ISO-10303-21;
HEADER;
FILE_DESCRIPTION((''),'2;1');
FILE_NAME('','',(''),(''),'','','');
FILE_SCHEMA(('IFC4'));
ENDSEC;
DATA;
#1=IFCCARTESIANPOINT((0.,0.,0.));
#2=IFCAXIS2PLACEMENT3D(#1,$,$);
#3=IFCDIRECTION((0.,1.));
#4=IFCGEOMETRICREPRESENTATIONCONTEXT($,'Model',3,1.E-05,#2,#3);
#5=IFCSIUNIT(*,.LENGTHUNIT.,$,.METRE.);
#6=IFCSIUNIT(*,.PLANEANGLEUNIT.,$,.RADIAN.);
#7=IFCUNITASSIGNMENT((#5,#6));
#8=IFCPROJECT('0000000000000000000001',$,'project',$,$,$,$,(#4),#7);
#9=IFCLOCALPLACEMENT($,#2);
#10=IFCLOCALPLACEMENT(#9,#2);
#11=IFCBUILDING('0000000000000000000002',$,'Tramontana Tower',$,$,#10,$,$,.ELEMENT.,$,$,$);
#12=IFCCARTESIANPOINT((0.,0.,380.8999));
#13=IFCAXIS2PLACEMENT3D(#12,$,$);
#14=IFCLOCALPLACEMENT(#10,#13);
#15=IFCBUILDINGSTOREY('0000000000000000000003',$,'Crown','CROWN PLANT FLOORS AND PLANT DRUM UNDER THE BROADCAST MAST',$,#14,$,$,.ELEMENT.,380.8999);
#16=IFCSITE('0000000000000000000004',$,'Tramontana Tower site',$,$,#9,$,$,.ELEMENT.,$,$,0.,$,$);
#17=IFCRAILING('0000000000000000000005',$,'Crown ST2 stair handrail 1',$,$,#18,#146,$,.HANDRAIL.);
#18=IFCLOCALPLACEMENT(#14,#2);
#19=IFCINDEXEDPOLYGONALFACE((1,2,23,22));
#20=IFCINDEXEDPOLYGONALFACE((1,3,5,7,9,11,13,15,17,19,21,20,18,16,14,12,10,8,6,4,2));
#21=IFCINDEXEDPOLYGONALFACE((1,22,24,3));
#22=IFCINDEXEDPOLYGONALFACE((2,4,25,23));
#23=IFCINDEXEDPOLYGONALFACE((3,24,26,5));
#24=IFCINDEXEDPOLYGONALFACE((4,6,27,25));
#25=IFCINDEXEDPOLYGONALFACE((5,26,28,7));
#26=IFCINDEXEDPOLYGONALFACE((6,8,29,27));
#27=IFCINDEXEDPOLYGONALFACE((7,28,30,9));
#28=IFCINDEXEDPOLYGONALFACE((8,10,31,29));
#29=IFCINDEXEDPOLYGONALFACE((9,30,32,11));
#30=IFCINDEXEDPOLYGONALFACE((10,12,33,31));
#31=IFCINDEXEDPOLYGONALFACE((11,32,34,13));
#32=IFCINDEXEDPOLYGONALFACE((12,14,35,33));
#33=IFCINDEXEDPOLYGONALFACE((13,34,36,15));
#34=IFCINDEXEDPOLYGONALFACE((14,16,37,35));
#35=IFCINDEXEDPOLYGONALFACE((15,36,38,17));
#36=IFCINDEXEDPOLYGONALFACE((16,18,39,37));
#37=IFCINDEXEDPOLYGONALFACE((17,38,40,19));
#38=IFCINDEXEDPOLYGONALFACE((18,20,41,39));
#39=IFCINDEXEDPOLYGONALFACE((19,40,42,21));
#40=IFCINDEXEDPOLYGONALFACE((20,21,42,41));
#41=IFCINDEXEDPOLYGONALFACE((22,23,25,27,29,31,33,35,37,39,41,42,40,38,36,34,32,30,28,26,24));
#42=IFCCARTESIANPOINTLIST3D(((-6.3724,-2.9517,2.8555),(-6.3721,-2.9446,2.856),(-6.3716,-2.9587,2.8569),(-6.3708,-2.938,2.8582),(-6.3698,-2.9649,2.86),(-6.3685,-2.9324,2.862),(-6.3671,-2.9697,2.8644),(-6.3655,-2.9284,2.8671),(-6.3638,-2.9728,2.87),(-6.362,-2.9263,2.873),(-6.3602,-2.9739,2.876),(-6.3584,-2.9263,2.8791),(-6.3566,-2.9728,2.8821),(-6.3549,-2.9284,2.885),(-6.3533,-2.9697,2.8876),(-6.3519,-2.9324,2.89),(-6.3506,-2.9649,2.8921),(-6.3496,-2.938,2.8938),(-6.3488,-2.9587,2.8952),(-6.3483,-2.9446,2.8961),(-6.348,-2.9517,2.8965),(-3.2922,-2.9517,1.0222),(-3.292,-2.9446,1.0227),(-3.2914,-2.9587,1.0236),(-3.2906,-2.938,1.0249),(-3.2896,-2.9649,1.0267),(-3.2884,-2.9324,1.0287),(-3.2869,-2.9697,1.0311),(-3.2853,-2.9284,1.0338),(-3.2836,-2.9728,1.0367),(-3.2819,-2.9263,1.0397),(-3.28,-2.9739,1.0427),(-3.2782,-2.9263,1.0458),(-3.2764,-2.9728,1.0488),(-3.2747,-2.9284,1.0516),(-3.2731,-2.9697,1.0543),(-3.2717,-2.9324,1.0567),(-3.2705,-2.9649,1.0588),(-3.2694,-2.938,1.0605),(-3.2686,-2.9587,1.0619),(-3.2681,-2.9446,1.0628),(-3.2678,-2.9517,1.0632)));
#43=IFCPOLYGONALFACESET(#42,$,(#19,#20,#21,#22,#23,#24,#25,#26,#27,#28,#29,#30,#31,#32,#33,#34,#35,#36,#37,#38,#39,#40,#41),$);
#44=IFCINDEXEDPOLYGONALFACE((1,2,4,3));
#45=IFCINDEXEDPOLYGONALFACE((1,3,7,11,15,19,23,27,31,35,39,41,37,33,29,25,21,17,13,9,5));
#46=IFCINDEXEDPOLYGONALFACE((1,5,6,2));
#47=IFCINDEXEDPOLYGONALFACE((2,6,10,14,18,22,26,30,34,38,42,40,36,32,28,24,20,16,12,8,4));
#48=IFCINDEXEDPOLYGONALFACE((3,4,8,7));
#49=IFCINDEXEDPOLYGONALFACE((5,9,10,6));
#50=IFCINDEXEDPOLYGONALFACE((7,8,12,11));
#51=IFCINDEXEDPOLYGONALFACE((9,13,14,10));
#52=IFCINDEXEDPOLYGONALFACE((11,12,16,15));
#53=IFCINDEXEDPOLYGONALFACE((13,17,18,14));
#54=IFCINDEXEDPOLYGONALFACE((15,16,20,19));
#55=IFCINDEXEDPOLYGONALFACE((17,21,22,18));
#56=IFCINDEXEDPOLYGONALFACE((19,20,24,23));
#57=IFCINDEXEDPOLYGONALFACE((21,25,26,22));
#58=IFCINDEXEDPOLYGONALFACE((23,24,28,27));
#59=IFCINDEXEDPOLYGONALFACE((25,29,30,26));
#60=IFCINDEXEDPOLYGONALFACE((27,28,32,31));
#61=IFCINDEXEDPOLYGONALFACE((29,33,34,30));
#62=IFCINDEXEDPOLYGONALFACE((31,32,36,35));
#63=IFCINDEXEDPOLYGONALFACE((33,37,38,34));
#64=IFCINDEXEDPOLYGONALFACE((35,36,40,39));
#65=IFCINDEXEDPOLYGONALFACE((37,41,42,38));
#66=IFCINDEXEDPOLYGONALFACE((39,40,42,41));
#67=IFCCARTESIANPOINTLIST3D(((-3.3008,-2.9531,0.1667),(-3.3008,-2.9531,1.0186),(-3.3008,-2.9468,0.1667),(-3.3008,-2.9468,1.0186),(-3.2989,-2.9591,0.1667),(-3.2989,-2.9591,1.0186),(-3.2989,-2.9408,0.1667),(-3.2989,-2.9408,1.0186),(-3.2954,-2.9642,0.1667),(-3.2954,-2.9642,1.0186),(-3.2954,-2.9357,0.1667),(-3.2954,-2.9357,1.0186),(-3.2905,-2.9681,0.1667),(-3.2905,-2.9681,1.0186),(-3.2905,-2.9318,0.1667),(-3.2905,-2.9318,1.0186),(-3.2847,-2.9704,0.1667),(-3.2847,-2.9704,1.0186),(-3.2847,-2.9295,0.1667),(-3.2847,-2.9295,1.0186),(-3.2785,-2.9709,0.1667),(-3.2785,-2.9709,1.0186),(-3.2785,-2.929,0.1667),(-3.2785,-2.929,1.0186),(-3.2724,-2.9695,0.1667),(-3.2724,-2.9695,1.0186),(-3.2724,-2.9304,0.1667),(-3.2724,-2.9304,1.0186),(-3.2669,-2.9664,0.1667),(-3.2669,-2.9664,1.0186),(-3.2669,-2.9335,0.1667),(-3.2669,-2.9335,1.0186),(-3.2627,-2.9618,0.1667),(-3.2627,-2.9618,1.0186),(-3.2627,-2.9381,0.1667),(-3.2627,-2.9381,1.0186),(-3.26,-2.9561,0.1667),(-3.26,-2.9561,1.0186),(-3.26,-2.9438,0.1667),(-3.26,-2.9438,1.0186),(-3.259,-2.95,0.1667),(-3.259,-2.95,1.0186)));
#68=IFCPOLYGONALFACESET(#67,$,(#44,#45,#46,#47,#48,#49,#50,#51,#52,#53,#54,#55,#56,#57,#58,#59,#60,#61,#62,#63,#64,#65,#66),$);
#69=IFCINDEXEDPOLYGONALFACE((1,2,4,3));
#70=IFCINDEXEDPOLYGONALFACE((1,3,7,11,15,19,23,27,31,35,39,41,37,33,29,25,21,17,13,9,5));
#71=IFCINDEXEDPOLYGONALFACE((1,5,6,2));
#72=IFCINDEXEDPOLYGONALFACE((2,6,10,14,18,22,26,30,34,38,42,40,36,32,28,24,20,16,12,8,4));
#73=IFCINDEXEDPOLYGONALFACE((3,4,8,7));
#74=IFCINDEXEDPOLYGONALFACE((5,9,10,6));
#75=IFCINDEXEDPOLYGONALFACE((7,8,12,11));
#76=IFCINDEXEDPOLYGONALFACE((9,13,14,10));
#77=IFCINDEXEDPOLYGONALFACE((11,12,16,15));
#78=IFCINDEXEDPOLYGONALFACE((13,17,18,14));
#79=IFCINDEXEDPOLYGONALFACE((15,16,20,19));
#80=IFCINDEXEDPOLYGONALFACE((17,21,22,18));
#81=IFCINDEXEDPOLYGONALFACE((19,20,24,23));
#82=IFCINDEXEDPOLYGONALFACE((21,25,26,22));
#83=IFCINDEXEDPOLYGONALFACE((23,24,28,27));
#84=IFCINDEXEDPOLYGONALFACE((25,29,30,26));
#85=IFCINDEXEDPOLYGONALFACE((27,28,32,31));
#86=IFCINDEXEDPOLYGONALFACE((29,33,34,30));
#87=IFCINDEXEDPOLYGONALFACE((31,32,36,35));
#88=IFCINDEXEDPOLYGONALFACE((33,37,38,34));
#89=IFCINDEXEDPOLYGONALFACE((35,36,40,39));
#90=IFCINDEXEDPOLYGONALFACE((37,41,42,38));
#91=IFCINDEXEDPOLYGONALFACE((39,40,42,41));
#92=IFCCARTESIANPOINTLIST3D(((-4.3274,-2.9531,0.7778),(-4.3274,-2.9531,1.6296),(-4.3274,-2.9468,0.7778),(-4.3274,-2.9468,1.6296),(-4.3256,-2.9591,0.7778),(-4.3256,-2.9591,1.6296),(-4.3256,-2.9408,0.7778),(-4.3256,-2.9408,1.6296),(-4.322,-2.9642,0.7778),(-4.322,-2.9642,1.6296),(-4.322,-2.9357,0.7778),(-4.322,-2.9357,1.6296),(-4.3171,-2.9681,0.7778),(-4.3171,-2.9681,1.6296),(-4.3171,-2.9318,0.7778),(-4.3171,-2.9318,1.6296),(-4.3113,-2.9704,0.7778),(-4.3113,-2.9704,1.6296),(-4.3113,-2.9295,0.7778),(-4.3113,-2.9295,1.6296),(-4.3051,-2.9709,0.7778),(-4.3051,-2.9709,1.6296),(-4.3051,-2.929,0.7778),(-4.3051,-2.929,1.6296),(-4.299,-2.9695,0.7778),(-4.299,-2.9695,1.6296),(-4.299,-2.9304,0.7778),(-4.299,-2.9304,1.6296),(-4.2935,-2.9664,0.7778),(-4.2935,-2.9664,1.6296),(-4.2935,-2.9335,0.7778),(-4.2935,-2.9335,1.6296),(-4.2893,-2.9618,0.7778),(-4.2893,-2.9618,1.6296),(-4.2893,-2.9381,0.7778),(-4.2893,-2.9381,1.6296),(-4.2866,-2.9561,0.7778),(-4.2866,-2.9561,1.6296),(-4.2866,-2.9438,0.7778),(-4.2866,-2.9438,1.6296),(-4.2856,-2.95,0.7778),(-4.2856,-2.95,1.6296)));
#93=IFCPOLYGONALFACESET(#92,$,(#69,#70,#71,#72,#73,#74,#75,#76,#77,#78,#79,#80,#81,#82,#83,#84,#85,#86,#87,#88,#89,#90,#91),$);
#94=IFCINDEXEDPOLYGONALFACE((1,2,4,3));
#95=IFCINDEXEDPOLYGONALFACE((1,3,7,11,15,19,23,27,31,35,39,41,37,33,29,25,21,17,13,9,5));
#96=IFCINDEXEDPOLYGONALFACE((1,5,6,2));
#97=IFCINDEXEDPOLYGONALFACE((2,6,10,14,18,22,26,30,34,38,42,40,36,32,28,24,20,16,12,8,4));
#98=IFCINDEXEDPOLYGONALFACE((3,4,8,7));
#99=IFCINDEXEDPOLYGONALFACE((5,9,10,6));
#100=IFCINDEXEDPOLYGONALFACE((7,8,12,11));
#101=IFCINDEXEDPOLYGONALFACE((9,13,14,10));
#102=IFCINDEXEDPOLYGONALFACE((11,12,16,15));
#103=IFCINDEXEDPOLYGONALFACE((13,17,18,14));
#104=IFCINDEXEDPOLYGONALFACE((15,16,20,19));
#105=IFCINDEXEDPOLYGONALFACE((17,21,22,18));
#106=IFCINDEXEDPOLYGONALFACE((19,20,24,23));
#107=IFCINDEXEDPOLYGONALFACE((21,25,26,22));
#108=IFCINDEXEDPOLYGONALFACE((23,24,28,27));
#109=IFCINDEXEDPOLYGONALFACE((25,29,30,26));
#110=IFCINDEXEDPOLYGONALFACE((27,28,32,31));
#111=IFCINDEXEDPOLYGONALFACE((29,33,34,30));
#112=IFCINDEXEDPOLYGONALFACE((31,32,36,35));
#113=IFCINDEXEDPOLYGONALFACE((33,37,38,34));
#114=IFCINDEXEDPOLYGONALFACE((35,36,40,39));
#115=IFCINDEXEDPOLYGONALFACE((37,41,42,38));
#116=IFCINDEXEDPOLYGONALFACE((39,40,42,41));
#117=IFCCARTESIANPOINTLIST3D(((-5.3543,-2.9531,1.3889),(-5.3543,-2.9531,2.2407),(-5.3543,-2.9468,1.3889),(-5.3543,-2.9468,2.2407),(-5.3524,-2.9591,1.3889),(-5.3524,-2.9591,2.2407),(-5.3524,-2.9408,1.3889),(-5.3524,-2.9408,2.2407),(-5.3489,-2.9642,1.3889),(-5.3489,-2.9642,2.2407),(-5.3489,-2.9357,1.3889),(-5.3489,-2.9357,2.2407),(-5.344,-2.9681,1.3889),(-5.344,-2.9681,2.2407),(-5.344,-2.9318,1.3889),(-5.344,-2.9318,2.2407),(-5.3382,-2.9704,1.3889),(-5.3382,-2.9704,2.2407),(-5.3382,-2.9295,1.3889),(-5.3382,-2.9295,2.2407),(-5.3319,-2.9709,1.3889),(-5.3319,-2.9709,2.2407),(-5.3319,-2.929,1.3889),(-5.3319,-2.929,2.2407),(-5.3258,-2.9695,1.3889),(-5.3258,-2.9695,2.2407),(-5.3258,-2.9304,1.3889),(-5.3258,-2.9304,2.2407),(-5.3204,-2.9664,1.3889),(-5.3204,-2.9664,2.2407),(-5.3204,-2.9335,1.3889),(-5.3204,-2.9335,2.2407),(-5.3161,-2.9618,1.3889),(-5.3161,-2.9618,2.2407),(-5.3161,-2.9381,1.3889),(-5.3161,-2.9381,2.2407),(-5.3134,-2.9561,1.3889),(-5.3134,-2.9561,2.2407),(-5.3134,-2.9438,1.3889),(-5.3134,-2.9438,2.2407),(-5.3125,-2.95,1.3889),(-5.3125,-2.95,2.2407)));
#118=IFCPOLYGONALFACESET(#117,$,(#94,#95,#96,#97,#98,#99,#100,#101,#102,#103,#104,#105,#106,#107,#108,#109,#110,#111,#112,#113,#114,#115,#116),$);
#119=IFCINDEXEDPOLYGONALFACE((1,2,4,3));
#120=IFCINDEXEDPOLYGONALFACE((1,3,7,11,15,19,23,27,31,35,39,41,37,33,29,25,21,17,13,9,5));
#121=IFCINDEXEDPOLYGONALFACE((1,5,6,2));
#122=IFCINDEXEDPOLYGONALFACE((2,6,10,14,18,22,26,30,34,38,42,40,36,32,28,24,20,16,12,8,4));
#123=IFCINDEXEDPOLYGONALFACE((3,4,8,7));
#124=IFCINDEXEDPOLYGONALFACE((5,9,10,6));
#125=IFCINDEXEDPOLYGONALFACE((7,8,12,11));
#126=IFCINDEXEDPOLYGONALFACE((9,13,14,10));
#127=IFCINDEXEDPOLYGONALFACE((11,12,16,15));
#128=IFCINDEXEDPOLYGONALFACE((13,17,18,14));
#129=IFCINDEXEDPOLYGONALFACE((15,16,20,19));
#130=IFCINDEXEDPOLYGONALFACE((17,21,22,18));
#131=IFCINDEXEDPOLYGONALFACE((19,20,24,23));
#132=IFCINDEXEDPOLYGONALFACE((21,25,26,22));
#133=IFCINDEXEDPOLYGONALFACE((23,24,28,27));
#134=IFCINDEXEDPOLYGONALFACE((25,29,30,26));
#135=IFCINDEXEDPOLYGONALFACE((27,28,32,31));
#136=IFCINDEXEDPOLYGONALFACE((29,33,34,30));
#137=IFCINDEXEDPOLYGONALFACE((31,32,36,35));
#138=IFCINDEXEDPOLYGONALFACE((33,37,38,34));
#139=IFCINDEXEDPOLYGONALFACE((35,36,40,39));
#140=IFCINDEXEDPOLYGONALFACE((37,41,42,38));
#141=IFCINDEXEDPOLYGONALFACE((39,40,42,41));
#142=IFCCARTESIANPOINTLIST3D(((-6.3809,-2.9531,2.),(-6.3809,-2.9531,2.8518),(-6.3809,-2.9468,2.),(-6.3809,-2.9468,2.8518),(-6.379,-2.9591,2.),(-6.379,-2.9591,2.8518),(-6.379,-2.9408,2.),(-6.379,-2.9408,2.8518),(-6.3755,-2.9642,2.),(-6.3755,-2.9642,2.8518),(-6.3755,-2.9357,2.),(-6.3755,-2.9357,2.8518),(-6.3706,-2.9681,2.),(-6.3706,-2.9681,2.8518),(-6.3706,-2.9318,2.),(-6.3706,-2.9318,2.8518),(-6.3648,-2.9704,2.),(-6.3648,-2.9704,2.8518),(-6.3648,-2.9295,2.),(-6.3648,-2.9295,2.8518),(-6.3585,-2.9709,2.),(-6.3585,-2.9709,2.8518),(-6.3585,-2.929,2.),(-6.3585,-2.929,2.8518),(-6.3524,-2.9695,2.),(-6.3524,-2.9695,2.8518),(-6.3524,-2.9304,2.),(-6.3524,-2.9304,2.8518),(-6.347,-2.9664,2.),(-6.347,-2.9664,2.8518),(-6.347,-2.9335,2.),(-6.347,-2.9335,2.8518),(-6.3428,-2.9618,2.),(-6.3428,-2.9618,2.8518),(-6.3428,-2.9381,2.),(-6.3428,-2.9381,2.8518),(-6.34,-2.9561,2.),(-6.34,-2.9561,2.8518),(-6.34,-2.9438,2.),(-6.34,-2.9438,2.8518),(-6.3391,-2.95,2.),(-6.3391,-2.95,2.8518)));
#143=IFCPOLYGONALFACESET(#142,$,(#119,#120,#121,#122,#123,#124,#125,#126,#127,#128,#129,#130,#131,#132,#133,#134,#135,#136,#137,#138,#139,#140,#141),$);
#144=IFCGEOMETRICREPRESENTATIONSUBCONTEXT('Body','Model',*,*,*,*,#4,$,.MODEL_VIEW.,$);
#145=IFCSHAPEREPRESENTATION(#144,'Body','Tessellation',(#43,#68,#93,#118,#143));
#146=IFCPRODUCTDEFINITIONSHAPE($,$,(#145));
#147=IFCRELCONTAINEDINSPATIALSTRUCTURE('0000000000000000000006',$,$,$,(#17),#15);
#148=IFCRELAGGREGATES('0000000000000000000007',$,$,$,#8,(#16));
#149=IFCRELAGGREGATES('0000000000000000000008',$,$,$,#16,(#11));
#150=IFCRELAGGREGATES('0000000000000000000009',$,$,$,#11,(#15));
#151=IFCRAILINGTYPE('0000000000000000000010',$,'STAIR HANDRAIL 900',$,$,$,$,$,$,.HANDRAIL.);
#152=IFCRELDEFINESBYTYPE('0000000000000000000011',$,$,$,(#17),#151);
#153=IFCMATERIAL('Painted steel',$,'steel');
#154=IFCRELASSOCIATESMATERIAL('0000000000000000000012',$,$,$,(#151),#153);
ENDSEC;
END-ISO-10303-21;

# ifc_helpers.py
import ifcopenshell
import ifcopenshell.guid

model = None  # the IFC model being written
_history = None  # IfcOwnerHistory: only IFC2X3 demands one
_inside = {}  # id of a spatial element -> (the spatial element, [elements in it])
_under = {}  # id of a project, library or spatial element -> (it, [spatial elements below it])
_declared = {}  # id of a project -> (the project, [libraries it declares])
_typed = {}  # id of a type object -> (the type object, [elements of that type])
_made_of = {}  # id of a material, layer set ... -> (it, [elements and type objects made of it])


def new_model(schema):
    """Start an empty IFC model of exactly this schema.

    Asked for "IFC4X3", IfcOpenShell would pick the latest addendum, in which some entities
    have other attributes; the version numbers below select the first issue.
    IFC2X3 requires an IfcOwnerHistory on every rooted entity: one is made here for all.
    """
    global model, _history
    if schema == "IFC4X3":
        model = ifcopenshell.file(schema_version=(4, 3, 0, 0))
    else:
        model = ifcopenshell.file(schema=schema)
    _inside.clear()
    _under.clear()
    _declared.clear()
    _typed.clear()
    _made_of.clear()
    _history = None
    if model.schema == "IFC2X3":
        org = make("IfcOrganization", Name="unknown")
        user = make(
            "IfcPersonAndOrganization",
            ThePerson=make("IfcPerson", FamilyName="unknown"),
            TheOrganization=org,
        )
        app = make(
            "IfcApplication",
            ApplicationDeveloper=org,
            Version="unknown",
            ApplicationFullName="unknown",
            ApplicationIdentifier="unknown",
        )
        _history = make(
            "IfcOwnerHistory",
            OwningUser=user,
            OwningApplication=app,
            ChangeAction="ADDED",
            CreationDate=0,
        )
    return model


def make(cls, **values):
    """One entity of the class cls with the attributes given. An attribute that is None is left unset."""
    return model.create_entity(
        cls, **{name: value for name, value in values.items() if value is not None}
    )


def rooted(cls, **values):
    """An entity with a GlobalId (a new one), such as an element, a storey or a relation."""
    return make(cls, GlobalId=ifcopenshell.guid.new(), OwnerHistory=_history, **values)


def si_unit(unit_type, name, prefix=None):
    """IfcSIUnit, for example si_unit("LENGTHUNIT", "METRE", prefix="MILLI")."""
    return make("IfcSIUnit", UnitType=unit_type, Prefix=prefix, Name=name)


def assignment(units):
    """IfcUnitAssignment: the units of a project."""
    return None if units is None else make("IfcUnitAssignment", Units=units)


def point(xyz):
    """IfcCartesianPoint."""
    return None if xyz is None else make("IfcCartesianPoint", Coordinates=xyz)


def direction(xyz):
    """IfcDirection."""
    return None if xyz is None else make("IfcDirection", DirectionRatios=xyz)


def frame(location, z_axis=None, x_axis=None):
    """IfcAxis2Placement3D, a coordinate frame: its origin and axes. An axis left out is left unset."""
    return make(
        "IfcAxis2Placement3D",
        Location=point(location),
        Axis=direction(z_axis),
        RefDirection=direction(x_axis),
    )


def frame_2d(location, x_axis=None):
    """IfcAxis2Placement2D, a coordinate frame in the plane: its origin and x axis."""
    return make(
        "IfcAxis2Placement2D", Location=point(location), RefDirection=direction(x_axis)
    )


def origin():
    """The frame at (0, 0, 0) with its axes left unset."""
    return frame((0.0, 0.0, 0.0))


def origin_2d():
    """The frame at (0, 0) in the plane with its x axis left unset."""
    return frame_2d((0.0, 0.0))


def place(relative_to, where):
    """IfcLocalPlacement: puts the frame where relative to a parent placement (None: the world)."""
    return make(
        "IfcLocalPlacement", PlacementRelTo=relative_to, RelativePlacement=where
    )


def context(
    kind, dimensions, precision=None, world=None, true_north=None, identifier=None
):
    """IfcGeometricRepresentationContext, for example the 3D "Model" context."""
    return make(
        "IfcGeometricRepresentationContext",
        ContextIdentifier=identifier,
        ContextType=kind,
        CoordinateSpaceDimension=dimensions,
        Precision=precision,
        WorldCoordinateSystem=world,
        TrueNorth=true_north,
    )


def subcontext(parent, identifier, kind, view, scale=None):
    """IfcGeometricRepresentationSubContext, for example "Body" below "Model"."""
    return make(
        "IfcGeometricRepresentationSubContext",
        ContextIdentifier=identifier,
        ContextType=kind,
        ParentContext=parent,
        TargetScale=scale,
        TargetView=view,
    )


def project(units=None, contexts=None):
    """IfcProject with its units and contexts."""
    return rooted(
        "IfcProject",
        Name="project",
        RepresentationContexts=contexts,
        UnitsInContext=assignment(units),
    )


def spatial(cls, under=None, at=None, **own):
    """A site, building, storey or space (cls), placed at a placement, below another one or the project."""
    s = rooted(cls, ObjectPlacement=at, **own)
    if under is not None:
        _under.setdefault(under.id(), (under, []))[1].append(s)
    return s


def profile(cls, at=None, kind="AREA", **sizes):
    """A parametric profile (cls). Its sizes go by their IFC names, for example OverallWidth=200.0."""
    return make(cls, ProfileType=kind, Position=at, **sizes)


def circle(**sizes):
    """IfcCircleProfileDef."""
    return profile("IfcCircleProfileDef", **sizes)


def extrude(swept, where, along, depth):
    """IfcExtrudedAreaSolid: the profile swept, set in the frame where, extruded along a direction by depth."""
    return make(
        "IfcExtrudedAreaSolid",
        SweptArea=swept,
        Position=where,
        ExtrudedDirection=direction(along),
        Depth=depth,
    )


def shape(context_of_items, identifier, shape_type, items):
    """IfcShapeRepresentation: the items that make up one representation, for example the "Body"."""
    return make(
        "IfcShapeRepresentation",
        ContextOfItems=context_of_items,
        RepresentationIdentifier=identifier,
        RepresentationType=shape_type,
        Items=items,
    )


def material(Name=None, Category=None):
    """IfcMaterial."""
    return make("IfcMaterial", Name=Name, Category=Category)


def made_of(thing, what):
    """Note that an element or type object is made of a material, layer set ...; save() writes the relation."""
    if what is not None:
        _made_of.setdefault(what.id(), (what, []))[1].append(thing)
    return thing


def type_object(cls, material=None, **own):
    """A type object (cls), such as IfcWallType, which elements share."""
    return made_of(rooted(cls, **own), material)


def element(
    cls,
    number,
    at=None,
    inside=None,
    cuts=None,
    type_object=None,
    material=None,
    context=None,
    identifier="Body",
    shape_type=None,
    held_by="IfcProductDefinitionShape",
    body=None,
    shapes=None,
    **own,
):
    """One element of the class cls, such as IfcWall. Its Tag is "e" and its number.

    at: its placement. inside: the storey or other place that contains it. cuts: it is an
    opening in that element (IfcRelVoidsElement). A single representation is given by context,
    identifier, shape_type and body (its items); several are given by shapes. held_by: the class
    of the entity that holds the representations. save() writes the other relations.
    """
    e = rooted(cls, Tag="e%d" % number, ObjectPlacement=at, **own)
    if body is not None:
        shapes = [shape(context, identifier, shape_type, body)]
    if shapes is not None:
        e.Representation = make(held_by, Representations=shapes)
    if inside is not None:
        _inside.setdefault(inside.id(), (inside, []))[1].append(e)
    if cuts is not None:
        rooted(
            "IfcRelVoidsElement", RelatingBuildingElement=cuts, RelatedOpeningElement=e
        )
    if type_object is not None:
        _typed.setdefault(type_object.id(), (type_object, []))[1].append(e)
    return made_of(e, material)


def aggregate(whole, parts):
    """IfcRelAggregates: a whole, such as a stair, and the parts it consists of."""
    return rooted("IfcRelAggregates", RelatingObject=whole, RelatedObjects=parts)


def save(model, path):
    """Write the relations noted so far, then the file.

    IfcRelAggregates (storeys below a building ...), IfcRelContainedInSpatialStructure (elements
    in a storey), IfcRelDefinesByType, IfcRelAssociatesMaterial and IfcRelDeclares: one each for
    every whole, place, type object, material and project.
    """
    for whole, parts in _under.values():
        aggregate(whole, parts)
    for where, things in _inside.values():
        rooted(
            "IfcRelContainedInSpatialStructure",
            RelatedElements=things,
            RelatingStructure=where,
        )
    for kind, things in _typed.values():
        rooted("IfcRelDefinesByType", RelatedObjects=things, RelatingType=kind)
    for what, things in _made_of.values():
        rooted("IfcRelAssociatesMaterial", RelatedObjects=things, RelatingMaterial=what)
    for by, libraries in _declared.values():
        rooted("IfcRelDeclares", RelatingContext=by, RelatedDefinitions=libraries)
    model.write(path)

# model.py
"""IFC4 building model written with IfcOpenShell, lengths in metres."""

from ifc_helpers import new_model, si_unit, direction, frame, origin, origin_2d, place, context, subcontext, project, spatial, circle, extrude, material, type_object, element, save


model = new_model("IFC4")

# Units and contexts
model_context = context("Model", 3, precision=1e-05, world=origin(), true_north=direction((0.0, 1.0)))
body_context = subcontext(model_context, "Body", "Model", "MODEL_VIEW")
ifc_project = project(units=[si_unit("LENGTHUNIT", "METRE"), si_unit("PLANEANGLEUNIT", "RADIAN")], contexts=[model_context])

# Site, building, storey
site_placement = place(None, origin())
site = spatial("IfcSite", under=ifc_project, at=site_placement, Name="Tramontana Tower site", CompositionType="ELEMENT", RefElevation=0.0)
building_placement = place(site_placement, origin())
building = spatial("IfcBuilding", under=site, at=building_placement, Name="Tramontana Tower", CompositionType="ELEMENT")
storey_placement = place(building_placement, frame((0.0, 0.0, 380.8999)))
storey = spatial("IfcBuildingStorey", under=building, at=storey_placement, Name="Crown", Description="CROWN PLANT FLOORS AND PLANT DRUM UNDER THE BROADCAST MAST", CompositionType="ELEMENT", Elevation=380.8999)

# Railing
ifc_material_1 = material(Name="Painted steel", Category="steel")
railing_type_1 = type_object("IfcRailingType", Name="STAIR HANDRAIL 900", PredefinedType="HANDRAIL", material=ifc_material_1)
for number, where, name in (
    (1, (-3.28, -2.95, 0.1667), "Crown ST2 stair handrail 1"),
):
    element("IfcRailing", number, at=place(storey_placement, frame(where)), inside=storey, type_object=railing_type_1, Name=name, PredefinedType="HANDRAIL", context=body_context, shape_type="SweptSolid", body=[
        extrude(circle(Radius=0.0239, at=origin_2d()), frame((0.0, 0.0, 0.876), z_axis=(-0.859309, 0.0, 0.511458), x_axis=(0.0, -1.0, 0.0)), (0.0, 0.0, 1.0), 3.5845),
        extrude(circle(Radius=0.021, at=origin_2d()), origin(), (0.0, 0.0, 1.0), 0.8518),
        extrude(circle(Radius=0.021, at=origin_2d()), frame((-1.0266, 0.0, 0.6111)), (0.0, 0.0, 1.0), 0.8518),
        extrude(circle(Radius=0.021, at=origin_2d()), frame((-2.0535, 0.0, 1.2222)), (0.0, 0.0, 1.0), 0.8518),
        extrude(circle(Radius=0.021, at=origin_2d()), frame((-3.0801, 0.0, 1.8333)), (0.0, 0.0, 1.0), 0.8518),
    ])

save(model, "model.ifc")
